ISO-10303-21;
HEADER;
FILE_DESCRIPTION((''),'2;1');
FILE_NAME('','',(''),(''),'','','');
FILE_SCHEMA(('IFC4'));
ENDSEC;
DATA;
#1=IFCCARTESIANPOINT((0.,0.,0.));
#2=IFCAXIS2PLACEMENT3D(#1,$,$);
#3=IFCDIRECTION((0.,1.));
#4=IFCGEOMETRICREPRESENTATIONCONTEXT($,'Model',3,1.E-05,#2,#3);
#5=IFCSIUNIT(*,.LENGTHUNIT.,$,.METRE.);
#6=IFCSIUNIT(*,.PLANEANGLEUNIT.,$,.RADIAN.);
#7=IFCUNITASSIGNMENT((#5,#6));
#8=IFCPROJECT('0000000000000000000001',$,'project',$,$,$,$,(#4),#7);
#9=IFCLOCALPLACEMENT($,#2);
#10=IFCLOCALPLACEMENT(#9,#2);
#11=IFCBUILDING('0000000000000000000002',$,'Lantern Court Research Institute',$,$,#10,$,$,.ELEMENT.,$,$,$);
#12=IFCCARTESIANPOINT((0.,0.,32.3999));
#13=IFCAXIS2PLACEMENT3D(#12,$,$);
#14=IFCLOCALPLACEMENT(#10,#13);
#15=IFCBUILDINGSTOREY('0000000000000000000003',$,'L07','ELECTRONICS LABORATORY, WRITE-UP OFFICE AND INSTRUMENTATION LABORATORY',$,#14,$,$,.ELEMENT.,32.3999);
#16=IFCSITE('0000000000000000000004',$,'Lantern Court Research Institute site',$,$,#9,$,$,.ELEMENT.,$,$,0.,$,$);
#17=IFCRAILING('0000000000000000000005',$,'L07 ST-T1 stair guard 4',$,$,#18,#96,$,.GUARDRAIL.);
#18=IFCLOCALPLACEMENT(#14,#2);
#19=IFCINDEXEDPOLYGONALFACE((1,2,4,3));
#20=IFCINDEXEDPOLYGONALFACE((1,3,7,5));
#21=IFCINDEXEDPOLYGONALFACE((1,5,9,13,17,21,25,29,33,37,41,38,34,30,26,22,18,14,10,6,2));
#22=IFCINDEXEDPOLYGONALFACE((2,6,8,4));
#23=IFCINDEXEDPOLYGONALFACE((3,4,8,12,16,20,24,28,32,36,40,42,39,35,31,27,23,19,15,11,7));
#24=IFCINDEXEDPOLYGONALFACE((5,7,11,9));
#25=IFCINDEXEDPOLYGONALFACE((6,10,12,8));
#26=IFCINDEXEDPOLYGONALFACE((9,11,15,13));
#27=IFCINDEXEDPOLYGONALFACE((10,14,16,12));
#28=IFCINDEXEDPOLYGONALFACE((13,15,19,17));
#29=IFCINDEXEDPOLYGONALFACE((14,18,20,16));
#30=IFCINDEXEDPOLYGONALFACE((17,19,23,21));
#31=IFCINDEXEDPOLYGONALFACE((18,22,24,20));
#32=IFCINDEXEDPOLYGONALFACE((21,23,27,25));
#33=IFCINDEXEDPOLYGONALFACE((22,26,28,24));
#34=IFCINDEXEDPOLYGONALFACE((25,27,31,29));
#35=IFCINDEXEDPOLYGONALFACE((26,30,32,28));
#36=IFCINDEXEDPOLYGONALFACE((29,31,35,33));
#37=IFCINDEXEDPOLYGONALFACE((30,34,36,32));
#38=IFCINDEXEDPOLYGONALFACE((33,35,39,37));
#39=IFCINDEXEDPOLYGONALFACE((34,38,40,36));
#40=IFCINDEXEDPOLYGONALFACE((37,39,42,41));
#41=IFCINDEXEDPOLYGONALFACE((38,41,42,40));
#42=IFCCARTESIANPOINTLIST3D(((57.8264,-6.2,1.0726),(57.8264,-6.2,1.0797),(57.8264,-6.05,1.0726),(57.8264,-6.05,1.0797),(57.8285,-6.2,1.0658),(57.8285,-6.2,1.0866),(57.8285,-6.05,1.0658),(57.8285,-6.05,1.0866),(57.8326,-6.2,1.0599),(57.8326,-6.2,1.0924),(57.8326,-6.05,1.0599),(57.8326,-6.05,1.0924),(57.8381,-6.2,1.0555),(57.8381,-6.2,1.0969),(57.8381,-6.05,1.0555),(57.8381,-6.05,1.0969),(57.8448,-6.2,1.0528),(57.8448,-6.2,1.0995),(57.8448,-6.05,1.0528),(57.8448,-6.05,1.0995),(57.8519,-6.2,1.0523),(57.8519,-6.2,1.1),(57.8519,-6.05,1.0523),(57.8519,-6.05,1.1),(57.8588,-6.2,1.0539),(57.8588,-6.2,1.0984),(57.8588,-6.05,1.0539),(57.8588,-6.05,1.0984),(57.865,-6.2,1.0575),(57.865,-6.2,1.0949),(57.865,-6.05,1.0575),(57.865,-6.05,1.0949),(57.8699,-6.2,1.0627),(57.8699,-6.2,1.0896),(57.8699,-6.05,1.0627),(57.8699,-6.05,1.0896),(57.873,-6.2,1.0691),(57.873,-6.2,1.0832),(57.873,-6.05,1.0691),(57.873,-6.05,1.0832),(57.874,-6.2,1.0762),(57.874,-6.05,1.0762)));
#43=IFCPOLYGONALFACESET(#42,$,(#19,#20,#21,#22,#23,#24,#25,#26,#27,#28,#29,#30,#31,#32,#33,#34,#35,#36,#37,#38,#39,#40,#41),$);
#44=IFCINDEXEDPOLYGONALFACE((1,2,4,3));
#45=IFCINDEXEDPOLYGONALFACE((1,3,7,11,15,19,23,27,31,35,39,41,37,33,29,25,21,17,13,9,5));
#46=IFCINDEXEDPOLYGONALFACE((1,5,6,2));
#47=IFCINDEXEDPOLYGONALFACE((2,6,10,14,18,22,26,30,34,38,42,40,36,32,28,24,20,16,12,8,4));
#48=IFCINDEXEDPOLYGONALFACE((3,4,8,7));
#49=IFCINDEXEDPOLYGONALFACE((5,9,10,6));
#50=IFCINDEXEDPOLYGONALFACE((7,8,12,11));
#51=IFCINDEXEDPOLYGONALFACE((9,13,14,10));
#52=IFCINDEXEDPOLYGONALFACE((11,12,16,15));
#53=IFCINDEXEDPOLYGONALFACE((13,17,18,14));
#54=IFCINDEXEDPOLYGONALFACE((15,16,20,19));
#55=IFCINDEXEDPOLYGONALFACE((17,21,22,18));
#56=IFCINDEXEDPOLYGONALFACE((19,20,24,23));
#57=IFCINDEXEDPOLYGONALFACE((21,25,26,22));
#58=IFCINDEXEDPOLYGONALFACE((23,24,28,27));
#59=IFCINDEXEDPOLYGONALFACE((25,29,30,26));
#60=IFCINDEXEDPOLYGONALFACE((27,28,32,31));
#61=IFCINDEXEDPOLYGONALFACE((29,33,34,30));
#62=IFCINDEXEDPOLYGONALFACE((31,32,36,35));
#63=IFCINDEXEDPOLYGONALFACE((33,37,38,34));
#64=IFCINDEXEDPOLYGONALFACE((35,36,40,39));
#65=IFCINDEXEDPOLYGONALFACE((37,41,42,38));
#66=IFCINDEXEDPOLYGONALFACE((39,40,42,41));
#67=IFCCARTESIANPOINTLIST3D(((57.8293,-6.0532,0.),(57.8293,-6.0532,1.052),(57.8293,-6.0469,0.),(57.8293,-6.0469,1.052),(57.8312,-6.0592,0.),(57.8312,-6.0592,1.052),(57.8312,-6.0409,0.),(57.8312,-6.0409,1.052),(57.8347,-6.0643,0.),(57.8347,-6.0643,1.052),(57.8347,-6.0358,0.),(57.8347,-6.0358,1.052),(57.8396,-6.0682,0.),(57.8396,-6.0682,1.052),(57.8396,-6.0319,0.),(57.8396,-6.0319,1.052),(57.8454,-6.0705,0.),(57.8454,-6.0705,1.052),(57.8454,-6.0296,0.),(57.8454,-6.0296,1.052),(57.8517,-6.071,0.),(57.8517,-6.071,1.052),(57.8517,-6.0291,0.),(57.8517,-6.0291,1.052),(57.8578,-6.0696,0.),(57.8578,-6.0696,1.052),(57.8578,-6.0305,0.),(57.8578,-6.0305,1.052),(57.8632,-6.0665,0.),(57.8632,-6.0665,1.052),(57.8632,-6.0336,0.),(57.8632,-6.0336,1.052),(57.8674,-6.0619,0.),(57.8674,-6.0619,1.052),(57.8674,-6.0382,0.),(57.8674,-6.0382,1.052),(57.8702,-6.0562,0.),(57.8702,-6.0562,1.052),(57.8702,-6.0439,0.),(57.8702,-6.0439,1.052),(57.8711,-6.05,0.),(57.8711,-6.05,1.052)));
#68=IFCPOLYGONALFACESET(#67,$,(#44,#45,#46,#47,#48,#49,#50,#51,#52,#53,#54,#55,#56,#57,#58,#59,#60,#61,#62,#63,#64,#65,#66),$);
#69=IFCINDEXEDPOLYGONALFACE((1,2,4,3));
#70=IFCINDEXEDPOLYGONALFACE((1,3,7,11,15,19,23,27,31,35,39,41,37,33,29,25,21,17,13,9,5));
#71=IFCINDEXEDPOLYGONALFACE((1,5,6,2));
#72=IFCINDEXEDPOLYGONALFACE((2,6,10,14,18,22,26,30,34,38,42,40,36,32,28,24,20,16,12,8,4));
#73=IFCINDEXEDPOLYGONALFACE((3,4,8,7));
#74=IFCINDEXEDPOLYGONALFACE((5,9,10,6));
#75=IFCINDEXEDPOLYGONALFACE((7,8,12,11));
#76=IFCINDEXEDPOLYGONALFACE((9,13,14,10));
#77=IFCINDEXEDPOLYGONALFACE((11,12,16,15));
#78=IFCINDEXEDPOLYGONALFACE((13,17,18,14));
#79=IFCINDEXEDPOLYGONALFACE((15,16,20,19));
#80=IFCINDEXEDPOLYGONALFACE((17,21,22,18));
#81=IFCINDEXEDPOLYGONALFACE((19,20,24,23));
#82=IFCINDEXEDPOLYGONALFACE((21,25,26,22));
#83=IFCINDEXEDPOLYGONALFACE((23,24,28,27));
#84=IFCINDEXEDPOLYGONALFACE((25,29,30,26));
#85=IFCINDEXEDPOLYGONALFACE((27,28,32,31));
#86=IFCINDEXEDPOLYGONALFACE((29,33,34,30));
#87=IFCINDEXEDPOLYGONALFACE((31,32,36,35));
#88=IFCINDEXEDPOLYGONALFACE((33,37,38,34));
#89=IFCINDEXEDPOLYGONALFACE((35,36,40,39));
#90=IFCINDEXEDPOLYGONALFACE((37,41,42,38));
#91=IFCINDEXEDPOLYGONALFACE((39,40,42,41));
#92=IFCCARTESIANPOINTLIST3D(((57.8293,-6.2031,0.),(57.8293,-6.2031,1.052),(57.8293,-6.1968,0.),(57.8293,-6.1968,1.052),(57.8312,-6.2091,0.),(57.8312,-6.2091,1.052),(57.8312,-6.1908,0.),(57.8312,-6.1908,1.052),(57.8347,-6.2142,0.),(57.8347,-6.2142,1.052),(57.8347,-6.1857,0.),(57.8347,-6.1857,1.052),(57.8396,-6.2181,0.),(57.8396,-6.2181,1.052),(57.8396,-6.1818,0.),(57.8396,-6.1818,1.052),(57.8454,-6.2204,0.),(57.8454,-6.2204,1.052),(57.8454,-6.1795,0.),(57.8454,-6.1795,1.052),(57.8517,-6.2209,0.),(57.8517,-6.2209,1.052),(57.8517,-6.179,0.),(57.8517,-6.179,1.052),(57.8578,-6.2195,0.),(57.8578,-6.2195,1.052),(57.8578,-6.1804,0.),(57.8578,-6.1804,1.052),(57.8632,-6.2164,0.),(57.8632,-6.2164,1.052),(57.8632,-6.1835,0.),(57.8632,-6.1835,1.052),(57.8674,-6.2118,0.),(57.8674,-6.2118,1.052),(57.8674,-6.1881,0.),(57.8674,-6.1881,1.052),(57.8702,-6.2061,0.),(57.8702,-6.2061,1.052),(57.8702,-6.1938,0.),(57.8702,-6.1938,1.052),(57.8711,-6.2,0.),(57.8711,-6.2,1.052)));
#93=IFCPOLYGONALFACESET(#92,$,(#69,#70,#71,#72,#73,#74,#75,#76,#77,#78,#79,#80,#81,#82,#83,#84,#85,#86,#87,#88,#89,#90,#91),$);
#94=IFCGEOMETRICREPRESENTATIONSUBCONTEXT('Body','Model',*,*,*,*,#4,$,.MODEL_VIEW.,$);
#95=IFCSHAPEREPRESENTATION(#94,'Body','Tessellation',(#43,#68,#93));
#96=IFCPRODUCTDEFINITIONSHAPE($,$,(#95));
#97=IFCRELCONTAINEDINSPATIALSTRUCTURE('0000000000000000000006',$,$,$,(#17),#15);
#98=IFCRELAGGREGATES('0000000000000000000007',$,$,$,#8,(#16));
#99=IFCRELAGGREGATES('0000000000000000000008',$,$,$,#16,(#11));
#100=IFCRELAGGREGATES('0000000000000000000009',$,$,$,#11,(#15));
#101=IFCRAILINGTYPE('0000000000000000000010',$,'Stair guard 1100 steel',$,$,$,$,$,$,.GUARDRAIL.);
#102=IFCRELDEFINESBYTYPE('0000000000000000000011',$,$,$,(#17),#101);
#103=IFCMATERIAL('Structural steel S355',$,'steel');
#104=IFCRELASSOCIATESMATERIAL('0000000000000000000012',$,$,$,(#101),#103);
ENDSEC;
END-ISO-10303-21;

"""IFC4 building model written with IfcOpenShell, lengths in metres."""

from ifc_helpers import new_model, si_unit, direction, frame, origin, origin_2d, place, context, subcontext, project, spatial, circle, extrude, material, type_object, element, save


model = new_model("IFC4")

# Units and contexts
model_context = context("Model", 3, precision=1e-05, world=origin(), true_north=direction((0.0, 1.0)))
body_context = subcontext(model_context, "Body", "Model", "MODEL_VIEW")
ifc_project = project(units=[si_unit("LENGTHUNIT", "METRE"), si_unit("PLANEANGLEUNIT", "RADIAN")], contexts=[model_context])

# Site, building, storey
site_placement = place(None, origin())
site = spatial("IfcSite", under=ifc_project, at=site_placement, Name="Lantern Court Research Institute site", CompositionType="ELEMENT", RefElevation=0.0)
building_placement = place(site_placement, origin())
building = spatial("IfcBuilding", under=site, at=building_placement, Name="Lantern Court Research Institute", CompositionType="ELEMENT")
storey_placement = place(building_placement, frame((0.0, 0.0, 32.3999)))
storey = spatial("IfcBuildingStorey", under=building, at=storey_placement, Name="L07", Description="ELECTRONICS LABORATORY, WRITE-UP OFFICE AND INSTRUMENTATION LABORATORY", CompositionType="ELEMENT", Elevation=32.3999)

# Railing
ifc_material_1 = material(Name="Structural steel S355", Category="steel")
railing_type_1 = type_object("IfcRailingType", Name="Stair guard 1100 steel", PredefinedType="GUARDRAIL", material=ifc_material_1)
railing_1_placement = place(storey_placement, frame((57.8501, -6.05, 0.0)))
element("IfcRailing", 1, at=railing_1_placement, inside=storey, type_object=railing_type_1, Name="L07 ST-T1 stair guard 4", PredefinedType="GUARDRAIL", context=body_context, shape_type="SweptSolid", body=[
    extrude(circle(Radius=0.0239, at=origin_2d()), frame((0.0, 0.0, 1.0762), z_axis=(0.0, -1.0, 0.0), x_axis=(1.0, 0.0, 0.0)), (0.0, 0.0, 1.0), 0.1499),
    extrude(circle(Radius=0.021, at=origin_2d()), origin(), (0.0, 0.0, 1.0), 1.052),
    extrude(circle(Radius=0.021, at=origin_2d()), frame((0.0, -0.1499, 0.0)), (0.0, 0.0, 1.0), 1.052),
])

save(model, "model.ifc")
